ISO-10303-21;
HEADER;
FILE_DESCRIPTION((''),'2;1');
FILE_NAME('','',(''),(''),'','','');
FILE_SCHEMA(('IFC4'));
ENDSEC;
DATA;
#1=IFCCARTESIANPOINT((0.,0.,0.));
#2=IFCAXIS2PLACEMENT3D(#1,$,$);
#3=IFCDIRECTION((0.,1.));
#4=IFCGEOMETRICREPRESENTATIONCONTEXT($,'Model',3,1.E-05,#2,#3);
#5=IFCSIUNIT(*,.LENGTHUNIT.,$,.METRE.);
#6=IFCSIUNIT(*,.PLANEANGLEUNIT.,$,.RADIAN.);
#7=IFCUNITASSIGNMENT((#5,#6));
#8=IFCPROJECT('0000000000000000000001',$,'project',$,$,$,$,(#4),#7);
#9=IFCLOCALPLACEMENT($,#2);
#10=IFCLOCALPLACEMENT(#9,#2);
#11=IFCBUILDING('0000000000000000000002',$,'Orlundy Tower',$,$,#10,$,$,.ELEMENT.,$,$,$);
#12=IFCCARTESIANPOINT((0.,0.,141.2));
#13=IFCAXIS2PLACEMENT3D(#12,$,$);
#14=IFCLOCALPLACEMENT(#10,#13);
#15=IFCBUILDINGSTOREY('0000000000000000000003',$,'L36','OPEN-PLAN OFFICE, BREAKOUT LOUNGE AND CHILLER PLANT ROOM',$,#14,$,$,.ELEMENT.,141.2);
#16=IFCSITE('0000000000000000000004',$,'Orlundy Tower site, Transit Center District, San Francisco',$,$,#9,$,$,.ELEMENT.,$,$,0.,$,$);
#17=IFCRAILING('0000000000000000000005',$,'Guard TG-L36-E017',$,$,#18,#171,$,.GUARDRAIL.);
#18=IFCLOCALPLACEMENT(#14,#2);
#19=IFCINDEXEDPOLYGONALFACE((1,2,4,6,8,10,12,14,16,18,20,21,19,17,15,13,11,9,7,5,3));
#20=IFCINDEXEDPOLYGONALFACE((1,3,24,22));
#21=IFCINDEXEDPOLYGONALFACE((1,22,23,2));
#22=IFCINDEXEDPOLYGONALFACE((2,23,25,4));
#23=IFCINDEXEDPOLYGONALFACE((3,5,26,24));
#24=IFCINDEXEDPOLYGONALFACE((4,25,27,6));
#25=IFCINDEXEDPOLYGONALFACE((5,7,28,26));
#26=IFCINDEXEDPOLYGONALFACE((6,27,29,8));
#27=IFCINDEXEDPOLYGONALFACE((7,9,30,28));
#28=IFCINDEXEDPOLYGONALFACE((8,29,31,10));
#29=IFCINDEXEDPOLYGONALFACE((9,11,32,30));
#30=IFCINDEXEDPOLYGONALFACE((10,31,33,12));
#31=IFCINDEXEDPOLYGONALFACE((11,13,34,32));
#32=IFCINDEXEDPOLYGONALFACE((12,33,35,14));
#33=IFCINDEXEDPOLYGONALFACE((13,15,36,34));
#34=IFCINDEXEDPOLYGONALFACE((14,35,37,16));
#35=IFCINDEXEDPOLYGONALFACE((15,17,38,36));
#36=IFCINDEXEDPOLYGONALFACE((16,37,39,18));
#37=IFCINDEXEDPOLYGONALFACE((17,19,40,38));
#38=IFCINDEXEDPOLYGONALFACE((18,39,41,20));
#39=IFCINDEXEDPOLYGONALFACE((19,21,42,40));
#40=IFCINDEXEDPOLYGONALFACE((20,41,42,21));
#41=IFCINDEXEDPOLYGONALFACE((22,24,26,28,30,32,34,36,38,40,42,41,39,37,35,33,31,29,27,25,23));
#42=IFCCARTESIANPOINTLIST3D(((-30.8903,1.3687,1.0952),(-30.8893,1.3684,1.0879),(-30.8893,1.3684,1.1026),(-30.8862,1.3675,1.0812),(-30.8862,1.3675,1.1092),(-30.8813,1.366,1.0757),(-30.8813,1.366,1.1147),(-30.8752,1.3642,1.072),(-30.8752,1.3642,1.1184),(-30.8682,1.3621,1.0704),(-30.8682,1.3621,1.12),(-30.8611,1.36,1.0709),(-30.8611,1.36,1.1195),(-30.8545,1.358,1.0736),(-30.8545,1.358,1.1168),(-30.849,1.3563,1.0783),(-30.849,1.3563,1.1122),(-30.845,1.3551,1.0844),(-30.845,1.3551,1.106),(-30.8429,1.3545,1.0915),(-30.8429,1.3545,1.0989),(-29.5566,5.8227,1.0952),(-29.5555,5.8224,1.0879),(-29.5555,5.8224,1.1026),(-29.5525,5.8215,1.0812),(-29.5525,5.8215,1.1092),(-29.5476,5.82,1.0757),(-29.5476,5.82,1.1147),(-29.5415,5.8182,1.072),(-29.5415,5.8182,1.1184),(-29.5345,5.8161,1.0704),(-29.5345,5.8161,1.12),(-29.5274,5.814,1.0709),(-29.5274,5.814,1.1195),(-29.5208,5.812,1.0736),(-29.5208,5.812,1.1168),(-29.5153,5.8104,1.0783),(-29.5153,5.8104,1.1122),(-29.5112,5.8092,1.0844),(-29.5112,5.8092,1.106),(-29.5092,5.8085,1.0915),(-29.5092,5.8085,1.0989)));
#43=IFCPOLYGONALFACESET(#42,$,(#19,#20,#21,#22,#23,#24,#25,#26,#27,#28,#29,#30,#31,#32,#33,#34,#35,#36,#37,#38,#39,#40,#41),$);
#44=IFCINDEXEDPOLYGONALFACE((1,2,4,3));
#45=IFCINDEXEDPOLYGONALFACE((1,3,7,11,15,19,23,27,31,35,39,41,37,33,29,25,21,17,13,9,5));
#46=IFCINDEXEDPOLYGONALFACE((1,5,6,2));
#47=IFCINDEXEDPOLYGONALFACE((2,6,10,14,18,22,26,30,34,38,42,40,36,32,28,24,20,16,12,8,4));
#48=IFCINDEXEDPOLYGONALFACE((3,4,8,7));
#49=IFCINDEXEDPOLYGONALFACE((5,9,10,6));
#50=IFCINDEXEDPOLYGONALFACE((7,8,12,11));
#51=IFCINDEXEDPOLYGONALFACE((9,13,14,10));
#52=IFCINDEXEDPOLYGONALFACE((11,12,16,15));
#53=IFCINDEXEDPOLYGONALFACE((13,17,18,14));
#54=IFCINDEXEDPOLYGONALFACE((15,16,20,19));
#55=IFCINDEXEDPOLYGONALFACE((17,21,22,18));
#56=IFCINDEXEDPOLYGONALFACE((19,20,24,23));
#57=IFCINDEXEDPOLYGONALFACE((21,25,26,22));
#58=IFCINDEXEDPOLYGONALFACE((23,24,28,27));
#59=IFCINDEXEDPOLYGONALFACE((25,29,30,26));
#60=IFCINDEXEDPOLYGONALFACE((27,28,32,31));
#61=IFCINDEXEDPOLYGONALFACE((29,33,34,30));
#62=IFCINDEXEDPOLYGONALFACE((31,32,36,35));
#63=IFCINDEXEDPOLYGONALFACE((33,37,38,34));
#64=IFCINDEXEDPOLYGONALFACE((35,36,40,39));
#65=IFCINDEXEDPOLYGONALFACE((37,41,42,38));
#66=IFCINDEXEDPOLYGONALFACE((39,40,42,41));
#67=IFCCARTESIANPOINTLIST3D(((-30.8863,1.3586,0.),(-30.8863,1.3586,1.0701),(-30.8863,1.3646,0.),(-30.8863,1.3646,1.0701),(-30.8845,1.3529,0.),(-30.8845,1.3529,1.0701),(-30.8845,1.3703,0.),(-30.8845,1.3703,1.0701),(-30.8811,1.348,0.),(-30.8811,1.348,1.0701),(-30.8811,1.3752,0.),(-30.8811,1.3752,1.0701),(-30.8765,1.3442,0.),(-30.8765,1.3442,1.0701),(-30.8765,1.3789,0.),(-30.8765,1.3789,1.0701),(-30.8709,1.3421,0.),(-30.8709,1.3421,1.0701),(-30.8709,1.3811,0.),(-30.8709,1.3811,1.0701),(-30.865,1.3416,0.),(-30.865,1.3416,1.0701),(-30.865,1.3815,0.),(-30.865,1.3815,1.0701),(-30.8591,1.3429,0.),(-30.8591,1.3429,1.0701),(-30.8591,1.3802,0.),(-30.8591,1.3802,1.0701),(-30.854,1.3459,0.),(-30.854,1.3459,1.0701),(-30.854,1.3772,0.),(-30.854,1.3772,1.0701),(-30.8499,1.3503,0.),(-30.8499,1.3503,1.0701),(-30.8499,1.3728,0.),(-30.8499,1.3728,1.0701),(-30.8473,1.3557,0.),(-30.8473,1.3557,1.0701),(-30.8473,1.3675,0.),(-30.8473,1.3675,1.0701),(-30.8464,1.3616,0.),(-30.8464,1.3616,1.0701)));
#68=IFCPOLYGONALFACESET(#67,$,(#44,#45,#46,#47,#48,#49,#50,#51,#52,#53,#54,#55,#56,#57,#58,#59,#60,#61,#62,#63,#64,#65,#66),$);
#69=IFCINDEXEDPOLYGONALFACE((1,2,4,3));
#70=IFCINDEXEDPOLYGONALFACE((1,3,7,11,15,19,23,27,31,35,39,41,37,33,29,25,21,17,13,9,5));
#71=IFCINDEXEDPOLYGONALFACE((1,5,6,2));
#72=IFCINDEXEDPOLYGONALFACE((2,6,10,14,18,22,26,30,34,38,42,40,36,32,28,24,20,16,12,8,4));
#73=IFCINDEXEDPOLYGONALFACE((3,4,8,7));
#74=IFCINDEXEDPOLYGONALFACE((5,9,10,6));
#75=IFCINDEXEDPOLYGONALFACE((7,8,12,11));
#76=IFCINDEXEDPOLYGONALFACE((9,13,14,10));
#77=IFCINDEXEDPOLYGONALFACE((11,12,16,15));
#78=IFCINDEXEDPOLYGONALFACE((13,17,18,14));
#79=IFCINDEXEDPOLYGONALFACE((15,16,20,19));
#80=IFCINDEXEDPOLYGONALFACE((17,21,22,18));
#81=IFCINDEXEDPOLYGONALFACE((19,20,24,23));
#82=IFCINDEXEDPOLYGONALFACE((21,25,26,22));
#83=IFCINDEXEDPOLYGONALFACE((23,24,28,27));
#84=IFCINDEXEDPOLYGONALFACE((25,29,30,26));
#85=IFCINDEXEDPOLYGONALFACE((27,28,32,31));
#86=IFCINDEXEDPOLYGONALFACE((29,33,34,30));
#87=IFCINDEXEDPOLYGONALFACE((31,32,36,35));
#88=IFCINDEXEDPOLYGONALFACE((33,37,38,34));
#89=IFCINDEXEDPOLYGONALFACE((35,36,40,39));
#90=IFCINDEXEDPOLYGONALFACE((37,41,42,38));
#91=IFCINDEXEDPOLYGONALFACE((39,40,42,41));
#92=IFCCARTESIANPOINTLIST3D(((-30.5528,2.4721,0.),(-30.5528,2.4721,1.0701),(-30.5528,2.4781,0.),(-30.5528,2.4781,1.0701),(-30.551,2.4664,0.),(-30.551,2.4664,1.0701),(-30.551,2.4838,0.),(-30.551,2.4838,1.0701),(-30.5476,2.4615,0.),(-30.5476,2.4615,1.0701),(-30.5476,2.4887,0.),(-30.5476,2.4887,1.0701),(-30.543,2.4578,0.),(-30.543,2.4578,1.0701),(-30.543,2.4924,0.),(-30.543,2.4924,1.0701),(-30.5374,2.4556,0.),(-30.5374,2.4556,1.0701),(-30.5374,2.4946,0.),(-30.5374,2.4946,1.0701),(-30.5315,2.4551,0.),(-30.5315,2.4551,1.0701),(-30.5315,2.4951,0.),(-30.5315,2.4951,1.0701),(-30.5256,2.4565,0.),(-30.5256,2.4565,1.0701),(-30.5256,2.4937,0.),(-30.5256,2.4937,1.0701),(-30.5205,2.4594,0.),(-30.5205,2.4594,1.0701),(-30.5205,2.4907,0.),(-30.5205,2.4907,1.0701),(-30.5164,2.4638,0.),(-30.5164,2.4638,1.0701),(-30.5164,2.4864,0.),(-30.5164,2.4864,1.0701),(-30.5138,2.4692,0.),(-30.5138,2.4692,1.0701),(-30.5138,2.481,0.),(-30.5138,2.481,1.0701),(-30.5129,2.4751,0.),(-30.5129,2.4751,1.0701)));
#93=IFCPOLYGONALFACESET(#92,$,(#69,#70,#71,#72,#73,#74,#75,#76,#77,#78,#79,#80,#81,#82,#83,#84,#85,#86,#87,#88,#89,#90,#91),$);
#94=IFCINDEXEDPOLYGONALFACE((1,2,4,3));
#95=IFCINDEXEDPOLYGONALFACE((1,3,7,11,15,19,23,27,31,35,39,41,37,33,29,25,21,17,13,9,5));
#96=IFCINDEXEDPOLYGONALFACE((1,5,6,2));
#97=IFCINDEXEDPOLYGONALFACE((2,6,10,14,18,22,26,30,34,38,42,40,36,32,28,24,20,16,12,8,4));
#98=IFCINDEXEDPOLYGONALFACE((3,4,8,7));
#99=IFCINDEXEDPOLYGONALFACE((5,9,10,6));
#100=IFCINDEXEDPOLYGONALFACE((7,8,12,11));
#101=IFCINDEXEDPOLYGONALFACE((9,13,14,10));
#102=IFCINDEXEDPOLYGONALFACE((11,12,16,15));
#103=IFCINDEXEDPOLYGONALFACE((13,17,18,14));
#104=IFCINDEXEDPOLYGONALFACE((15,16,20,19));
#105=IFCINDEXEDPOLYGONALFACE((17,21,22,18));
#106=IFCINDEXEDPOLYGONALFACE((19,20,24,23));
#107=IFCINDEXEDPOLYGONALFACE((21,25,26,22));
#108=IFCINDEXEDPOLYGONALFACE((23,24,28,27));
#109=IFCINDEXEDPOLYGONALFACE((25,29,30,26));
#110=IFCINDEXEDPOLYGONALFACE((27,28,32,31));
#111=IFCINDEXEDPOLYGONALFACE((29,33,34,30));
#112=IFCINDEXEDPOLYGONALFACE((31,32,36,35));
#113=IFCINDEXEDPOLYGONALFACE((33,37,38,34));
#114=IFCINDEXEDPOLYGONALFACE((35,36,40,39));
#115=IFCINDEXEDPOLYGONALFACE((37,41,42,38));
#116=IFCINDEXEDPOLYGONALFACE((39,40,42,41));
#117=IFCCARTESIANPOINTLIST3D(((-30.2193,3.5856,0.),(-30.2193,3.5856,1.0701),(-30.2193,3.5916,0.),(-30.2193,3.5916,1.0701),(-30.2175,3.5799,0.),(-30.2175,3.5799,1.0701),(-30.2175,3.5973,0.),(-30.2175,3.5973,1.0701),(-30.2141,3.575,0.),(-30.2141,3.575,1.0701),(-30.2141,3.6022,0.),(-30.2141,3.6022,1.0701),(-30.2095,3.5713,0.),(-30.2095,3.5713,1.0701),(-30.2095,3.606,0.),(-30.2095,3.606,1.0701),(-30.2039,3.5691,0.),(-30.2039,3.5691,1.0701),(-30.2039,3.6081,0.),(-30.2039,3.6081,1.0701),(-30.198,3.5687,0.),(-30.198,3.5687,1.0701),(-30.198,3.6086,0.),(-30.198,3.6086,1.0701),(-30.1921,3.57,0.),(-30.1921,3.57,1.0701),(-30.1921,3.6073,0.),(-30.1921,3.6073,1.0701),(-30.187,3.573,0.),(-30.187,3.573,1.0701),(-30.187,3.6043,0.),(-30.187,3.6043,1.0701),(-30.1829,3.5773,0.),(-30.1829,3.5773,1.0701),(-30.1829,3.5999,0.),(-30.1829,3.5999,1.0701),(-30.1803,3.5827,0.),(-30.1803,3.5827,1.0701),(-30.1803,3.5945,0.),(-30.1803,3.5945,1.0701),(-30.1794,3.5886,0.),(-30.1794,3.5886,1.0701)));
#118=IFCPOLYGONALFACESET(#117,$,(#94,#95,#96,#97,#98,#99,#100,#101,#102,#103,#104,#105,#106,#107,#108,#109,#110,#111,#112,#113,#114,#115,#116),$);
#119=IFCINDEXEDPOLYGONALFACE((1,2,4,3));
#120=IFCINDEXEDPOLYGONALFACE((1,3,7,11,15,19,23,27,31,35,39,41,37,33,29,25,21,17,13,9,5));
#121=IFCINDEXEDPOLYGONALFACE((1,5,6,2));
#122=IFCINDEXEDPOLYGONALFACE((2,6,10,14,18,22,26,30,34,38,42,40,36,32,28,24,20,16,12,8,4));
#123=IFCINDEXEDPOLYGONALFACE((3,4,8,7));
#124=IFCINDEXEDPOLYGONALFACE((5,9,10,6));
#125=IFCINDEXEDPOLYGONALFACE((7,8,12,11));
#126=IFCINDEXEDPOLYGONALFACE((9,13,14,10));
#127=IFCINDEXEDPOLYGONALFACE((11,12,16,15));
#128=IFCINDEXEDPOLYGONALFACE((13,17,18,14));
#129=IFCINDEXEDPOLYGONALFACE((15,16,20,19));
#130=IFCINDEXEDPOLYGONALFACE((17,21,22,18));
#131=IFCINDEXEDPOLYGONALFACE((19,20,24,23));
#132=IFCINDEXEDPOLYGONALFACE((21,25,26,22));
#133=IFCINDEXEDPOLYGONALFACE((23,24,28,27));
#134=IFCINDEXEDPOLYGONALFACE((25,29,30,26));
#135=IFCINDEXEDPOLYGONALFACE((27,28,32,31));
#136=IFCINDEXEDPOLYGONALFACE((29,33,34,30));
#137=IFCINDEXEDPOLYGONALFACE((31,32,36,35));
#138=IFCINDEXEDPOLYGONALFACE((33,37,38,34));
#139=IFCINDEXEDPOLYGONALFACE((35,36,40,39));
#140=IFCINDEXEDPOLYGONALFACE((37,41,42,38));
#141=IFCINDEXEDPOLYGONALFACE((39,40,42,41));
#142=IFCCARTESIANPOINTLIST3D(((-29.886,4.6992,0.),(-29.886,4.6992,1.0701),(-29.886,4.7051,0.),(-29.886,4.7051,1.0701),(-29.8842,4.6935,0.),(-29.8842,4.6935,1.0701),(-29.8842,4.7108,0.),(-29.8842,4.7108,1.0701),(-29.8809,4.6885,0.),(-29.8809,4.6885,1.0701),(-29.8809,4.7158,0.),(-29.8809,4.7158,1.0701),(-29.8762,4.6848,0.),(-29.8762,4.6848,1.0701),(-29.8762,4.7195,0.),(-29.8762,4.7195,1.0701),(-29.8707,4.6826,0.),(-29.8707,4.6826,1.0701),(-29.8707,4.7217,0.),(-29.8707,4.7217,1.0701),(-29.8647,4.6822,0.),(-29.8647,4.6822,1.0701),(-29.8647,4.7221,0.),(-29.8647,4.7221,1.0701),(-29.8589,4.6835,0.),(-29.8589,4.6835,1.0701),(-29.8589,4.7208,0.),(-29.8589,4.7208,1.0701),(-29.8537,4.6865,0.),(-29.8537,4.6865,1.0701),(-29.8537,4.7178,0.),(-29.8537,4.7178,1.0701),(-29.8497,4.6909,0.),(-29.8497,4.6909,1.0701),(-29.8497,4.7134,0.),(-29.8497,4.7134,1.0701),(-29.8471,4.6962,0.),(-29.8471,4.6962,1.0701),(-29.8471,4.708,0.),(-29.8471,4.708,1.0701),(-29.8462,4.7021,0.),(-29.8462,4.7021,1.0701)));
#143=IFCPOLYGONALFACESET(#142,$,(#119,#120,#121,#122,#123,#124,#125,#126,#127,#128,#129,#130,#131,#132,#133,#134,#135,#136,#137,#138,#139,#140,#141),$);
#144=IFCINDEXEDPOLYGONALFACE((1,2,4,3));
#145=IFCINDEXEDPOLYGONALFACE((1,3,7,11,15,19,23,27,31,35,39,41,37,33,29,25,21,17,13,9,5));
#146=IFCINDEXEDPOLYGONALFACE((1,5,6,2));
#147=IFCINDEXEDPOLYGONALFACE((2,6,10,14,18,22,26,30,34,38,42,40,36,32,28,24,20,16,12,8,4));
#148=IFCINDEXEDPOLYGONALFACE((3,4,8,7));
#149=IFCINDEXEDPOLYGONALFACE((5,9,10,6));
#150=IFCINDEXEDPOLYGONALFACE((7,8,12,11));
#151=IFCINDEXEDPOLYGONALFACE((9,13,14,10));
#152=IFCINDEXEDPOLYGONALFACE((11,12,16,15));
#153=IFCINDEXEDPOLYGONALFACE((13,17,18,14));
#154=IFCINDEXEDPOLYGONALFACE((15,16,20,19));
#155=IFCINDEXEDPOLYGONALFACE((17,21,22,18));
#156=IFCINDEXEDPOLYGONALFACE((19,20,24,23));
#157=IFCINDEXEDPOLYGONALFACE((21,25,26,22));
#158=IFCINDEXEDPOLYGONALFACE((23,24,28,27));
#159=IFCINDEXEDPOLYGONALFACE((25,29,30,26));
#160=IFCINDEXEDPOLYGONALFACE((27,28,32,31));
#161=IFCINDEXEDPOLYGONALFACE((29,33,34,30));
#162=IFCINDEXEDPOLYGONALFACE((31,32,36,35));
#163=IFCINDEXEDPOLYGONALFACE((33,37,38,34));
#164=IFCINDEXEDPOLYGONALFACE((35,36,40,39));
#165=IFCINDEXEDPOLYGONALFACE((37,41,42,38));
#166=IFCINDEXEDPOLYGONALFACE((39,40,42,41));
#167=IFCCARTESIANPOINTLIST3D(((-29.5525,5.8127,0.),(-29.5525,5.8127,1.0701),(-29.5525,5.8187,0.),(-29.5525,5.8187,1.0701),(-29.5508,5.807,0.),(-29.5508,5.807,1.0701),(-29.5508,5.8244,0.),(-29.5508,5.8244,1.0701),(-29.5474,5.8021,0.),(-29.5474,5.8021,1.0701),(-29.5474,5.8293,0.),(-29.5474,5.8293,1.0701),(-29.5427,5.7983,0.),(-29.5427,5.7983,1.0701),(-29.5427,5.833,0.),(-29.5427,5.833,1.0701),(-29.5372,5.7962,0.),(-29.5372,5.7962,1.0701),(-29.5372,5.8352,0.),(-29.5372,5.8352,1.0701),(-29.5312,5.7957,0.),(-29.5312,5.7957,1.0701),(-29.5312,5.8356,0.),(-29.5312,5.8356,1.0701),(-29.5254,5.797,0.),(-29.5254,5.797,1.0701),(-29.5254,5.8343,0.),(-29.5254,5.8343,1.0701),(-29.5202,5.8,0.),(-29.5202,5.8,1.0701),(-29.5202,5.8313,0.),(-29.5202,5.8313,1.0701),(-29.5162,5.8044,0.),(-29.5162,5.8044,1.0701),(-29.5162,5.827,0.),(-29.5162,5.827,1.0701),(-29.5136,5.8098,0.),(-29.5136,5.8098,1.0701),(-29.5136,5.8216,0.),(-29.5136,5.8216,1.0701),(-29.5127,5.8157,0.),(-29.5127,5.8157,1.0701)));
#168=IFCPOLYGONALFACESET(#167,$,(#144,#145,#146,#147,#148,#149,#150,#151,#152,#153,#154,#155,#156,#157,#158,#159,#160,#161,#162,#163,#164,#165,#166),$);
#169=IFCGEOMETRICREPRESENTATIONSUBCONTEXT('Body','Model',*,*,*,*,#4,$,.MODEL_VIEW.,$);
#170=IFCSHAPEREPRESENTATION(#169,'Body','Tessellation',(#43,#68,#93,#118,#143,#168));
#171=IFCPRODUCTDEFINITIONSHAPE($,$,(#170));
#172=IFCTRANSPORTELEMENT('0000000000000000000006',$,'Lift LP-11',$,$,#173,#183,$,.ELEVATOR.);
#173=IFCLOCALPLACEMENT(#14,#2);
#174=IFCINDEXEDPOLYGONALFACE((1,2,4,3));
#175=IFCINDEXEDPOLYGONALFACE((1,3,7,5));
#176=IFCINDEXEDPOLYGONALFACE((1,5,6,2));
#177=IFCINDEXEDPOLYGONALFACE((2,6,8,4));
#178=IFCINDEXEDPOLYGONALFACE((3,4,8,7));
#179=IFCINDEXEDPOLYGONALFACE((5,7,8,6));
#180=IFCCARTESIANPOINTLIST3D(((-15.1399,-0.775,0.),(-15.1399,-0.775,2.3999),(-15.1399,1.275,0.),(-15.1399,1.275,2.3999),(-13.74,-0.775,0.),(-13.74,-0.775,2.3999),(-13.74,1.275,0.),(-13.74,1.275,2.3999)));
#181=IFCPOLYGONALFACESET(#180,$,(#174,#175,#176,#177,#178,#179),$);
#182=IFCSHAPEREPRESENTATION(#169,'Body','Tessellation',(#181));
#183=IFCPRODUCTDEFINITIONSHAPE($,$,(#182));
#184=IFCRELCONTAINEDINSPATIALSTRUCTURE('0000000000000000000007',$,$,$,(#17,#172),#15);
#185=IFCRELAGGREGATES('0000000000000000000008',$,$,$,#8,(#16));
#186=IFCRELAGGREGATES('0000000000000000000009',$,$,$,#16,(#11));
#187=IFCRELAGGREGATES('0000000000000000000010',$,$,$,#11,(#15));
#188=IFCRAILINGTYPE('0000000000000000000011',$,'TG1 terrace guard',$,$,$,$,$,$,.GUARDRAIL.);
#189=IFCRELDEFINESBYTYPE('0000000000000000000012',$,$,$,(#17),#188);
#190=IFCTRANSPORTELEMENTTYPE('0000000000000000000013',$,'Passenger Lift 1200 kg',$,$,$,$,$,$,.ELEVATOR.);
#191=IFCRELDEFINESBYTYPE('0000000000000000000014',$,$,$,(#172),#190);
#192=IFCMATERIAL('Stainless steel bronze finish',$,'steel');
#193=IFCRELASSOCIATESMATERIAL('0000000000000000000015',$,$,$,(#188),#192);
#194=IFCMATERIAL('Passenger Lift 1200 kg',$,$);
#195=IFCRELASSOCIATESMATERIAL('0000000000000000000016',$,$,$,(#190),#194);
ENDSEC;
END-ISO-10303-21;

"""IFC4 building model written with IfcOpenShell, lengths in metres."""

from ifc_helpers import new_model, si_unit, direction, frame, origin, origin_2d, place, context, subcontext, project, spatial, rectangle, circle, extrude, material, type_object, element, save


model = new_model("IFC4")

# Units and contexts
model_context = context("Model", 3, precision=1e-05, world=origin(), true_north=direction((0.0, 1.0)))
body_context = subcontext(model_context, "Body", "Model", "MODEL_VIEW")
ifc_project = project(units=[si_unit("LENGTHUNIT", "METRE"), si_unit("PLANEANGLEUNIT", "RADIAN")], contexts=[model_context])

# Site, building, storey
site_placement = place(None, origin())
site = spatial("IfcSite", under=ifc_project, at=site_placement, Name="Orlundy Tower site, Transit Center District, San Francisco", CompositionType="ELEMENT", RefElevation=0.0)
building_placement = place(site_placement, origin())
building = spatial("IfcBuilding", under=site, at=building_placement, Name="Orlundy Tower", CompositionType="ELEMENT")
storey_placement = place(building_placement, frame((0.0, 0.0, 141.2)))
storey = spatial("IfcBuildingStorey", under=building, at=storey_placement, Name="L36", Description="OPEN-PLAN OFFICE, BREAKOUT LOUNGE AND CHILLER PLANT ROOM", CompositionType="ELEMENT", Elevation=141.2)

# Railing
ifc_material_1 = material(Name="Stainless steel bronze finish", Category="steel")
railing_type = type_object("IfcRailingType", Name="TG1 terrace guard", PredefinedType="GUARDRAIL", material=ifc_material_1)
railing_1_placement = place(storey_placement, frame((-30.8665, 1.3616, 0.0)))
element("IfcRailing", 1, at=railing_1_placement, inside=storey, type_object=railing_type, Name="Guard TG-L36-E017", PredefinedType="GUARDRAIL", context=body_context, shape_type="SweptSolid", body=[
    extrude(circle(Radius=0.0249, at=origin_2d()), frame((0.0, 0.0, 1.0952), z_axis=(0.286856, 0.957974, 0.0), x_axis=(-0.957974, 0.286856, 0.0)), (0.0, 0.0, 1.0), 4.6494),
    extrude(circle(Radius=0.02, at=origin_2d()), origin(), (0.0, 0.0, 1.0), 1.0701),
    extrude(circle(Radius=0.02, at=origin_2d()), frame((0.3335, 1.1135, 0.0)), (0.0, 0.0, 1.0), 1.0701),
    extrude(circle(Radius=0.02, at=origin_2d()), frame((0.667, 2.2271, 0.0)), (0.0, 0.0, 1.0), 1.0701),
    extrude(circle(Radius=0.02, at=origin_2d()), frame((1.0002, 3.3406, 0.0)), (0.0, 0.0, 1.0), 1.0701),
    extrude(circle(Radius=0.02, at=origin_2d()), frame((1.3337, 4.4541, 0.0)), (0.0, 0.0, 1.0), 1.0701),
])

# Transport element
ifc_material_2 = material(Name="Passenger Lift 1200 kg")
transport_element_type = type_object("IfcTransportElementType", Name="Passenger Lift 1200 kg", PredefinedType="ELEVATOR", material=ifc_material_2)
transport_element_placement = place(storey_placement, frame((-14.4399, 0.25, 0.0), z_axis=(0.0, 0.0, 1.0), x_axis=(1.0, 0.0, 0.0)))
element("IfcTransportElement", 2, at=transport_element_placement, inside=storey, type_object=transport_element_type, Name="Lift LP-11", PredefinedType="ELEVATOR", context=body_context, shape_type="SweptSolid", body=[
    extrude(rectangle(XDim=1.3999, YDim=2.05, at=origin_2d()), origin(), (0.0, 0.0, 1.0), 2.3999),
])

save(model, "model.ifc")
